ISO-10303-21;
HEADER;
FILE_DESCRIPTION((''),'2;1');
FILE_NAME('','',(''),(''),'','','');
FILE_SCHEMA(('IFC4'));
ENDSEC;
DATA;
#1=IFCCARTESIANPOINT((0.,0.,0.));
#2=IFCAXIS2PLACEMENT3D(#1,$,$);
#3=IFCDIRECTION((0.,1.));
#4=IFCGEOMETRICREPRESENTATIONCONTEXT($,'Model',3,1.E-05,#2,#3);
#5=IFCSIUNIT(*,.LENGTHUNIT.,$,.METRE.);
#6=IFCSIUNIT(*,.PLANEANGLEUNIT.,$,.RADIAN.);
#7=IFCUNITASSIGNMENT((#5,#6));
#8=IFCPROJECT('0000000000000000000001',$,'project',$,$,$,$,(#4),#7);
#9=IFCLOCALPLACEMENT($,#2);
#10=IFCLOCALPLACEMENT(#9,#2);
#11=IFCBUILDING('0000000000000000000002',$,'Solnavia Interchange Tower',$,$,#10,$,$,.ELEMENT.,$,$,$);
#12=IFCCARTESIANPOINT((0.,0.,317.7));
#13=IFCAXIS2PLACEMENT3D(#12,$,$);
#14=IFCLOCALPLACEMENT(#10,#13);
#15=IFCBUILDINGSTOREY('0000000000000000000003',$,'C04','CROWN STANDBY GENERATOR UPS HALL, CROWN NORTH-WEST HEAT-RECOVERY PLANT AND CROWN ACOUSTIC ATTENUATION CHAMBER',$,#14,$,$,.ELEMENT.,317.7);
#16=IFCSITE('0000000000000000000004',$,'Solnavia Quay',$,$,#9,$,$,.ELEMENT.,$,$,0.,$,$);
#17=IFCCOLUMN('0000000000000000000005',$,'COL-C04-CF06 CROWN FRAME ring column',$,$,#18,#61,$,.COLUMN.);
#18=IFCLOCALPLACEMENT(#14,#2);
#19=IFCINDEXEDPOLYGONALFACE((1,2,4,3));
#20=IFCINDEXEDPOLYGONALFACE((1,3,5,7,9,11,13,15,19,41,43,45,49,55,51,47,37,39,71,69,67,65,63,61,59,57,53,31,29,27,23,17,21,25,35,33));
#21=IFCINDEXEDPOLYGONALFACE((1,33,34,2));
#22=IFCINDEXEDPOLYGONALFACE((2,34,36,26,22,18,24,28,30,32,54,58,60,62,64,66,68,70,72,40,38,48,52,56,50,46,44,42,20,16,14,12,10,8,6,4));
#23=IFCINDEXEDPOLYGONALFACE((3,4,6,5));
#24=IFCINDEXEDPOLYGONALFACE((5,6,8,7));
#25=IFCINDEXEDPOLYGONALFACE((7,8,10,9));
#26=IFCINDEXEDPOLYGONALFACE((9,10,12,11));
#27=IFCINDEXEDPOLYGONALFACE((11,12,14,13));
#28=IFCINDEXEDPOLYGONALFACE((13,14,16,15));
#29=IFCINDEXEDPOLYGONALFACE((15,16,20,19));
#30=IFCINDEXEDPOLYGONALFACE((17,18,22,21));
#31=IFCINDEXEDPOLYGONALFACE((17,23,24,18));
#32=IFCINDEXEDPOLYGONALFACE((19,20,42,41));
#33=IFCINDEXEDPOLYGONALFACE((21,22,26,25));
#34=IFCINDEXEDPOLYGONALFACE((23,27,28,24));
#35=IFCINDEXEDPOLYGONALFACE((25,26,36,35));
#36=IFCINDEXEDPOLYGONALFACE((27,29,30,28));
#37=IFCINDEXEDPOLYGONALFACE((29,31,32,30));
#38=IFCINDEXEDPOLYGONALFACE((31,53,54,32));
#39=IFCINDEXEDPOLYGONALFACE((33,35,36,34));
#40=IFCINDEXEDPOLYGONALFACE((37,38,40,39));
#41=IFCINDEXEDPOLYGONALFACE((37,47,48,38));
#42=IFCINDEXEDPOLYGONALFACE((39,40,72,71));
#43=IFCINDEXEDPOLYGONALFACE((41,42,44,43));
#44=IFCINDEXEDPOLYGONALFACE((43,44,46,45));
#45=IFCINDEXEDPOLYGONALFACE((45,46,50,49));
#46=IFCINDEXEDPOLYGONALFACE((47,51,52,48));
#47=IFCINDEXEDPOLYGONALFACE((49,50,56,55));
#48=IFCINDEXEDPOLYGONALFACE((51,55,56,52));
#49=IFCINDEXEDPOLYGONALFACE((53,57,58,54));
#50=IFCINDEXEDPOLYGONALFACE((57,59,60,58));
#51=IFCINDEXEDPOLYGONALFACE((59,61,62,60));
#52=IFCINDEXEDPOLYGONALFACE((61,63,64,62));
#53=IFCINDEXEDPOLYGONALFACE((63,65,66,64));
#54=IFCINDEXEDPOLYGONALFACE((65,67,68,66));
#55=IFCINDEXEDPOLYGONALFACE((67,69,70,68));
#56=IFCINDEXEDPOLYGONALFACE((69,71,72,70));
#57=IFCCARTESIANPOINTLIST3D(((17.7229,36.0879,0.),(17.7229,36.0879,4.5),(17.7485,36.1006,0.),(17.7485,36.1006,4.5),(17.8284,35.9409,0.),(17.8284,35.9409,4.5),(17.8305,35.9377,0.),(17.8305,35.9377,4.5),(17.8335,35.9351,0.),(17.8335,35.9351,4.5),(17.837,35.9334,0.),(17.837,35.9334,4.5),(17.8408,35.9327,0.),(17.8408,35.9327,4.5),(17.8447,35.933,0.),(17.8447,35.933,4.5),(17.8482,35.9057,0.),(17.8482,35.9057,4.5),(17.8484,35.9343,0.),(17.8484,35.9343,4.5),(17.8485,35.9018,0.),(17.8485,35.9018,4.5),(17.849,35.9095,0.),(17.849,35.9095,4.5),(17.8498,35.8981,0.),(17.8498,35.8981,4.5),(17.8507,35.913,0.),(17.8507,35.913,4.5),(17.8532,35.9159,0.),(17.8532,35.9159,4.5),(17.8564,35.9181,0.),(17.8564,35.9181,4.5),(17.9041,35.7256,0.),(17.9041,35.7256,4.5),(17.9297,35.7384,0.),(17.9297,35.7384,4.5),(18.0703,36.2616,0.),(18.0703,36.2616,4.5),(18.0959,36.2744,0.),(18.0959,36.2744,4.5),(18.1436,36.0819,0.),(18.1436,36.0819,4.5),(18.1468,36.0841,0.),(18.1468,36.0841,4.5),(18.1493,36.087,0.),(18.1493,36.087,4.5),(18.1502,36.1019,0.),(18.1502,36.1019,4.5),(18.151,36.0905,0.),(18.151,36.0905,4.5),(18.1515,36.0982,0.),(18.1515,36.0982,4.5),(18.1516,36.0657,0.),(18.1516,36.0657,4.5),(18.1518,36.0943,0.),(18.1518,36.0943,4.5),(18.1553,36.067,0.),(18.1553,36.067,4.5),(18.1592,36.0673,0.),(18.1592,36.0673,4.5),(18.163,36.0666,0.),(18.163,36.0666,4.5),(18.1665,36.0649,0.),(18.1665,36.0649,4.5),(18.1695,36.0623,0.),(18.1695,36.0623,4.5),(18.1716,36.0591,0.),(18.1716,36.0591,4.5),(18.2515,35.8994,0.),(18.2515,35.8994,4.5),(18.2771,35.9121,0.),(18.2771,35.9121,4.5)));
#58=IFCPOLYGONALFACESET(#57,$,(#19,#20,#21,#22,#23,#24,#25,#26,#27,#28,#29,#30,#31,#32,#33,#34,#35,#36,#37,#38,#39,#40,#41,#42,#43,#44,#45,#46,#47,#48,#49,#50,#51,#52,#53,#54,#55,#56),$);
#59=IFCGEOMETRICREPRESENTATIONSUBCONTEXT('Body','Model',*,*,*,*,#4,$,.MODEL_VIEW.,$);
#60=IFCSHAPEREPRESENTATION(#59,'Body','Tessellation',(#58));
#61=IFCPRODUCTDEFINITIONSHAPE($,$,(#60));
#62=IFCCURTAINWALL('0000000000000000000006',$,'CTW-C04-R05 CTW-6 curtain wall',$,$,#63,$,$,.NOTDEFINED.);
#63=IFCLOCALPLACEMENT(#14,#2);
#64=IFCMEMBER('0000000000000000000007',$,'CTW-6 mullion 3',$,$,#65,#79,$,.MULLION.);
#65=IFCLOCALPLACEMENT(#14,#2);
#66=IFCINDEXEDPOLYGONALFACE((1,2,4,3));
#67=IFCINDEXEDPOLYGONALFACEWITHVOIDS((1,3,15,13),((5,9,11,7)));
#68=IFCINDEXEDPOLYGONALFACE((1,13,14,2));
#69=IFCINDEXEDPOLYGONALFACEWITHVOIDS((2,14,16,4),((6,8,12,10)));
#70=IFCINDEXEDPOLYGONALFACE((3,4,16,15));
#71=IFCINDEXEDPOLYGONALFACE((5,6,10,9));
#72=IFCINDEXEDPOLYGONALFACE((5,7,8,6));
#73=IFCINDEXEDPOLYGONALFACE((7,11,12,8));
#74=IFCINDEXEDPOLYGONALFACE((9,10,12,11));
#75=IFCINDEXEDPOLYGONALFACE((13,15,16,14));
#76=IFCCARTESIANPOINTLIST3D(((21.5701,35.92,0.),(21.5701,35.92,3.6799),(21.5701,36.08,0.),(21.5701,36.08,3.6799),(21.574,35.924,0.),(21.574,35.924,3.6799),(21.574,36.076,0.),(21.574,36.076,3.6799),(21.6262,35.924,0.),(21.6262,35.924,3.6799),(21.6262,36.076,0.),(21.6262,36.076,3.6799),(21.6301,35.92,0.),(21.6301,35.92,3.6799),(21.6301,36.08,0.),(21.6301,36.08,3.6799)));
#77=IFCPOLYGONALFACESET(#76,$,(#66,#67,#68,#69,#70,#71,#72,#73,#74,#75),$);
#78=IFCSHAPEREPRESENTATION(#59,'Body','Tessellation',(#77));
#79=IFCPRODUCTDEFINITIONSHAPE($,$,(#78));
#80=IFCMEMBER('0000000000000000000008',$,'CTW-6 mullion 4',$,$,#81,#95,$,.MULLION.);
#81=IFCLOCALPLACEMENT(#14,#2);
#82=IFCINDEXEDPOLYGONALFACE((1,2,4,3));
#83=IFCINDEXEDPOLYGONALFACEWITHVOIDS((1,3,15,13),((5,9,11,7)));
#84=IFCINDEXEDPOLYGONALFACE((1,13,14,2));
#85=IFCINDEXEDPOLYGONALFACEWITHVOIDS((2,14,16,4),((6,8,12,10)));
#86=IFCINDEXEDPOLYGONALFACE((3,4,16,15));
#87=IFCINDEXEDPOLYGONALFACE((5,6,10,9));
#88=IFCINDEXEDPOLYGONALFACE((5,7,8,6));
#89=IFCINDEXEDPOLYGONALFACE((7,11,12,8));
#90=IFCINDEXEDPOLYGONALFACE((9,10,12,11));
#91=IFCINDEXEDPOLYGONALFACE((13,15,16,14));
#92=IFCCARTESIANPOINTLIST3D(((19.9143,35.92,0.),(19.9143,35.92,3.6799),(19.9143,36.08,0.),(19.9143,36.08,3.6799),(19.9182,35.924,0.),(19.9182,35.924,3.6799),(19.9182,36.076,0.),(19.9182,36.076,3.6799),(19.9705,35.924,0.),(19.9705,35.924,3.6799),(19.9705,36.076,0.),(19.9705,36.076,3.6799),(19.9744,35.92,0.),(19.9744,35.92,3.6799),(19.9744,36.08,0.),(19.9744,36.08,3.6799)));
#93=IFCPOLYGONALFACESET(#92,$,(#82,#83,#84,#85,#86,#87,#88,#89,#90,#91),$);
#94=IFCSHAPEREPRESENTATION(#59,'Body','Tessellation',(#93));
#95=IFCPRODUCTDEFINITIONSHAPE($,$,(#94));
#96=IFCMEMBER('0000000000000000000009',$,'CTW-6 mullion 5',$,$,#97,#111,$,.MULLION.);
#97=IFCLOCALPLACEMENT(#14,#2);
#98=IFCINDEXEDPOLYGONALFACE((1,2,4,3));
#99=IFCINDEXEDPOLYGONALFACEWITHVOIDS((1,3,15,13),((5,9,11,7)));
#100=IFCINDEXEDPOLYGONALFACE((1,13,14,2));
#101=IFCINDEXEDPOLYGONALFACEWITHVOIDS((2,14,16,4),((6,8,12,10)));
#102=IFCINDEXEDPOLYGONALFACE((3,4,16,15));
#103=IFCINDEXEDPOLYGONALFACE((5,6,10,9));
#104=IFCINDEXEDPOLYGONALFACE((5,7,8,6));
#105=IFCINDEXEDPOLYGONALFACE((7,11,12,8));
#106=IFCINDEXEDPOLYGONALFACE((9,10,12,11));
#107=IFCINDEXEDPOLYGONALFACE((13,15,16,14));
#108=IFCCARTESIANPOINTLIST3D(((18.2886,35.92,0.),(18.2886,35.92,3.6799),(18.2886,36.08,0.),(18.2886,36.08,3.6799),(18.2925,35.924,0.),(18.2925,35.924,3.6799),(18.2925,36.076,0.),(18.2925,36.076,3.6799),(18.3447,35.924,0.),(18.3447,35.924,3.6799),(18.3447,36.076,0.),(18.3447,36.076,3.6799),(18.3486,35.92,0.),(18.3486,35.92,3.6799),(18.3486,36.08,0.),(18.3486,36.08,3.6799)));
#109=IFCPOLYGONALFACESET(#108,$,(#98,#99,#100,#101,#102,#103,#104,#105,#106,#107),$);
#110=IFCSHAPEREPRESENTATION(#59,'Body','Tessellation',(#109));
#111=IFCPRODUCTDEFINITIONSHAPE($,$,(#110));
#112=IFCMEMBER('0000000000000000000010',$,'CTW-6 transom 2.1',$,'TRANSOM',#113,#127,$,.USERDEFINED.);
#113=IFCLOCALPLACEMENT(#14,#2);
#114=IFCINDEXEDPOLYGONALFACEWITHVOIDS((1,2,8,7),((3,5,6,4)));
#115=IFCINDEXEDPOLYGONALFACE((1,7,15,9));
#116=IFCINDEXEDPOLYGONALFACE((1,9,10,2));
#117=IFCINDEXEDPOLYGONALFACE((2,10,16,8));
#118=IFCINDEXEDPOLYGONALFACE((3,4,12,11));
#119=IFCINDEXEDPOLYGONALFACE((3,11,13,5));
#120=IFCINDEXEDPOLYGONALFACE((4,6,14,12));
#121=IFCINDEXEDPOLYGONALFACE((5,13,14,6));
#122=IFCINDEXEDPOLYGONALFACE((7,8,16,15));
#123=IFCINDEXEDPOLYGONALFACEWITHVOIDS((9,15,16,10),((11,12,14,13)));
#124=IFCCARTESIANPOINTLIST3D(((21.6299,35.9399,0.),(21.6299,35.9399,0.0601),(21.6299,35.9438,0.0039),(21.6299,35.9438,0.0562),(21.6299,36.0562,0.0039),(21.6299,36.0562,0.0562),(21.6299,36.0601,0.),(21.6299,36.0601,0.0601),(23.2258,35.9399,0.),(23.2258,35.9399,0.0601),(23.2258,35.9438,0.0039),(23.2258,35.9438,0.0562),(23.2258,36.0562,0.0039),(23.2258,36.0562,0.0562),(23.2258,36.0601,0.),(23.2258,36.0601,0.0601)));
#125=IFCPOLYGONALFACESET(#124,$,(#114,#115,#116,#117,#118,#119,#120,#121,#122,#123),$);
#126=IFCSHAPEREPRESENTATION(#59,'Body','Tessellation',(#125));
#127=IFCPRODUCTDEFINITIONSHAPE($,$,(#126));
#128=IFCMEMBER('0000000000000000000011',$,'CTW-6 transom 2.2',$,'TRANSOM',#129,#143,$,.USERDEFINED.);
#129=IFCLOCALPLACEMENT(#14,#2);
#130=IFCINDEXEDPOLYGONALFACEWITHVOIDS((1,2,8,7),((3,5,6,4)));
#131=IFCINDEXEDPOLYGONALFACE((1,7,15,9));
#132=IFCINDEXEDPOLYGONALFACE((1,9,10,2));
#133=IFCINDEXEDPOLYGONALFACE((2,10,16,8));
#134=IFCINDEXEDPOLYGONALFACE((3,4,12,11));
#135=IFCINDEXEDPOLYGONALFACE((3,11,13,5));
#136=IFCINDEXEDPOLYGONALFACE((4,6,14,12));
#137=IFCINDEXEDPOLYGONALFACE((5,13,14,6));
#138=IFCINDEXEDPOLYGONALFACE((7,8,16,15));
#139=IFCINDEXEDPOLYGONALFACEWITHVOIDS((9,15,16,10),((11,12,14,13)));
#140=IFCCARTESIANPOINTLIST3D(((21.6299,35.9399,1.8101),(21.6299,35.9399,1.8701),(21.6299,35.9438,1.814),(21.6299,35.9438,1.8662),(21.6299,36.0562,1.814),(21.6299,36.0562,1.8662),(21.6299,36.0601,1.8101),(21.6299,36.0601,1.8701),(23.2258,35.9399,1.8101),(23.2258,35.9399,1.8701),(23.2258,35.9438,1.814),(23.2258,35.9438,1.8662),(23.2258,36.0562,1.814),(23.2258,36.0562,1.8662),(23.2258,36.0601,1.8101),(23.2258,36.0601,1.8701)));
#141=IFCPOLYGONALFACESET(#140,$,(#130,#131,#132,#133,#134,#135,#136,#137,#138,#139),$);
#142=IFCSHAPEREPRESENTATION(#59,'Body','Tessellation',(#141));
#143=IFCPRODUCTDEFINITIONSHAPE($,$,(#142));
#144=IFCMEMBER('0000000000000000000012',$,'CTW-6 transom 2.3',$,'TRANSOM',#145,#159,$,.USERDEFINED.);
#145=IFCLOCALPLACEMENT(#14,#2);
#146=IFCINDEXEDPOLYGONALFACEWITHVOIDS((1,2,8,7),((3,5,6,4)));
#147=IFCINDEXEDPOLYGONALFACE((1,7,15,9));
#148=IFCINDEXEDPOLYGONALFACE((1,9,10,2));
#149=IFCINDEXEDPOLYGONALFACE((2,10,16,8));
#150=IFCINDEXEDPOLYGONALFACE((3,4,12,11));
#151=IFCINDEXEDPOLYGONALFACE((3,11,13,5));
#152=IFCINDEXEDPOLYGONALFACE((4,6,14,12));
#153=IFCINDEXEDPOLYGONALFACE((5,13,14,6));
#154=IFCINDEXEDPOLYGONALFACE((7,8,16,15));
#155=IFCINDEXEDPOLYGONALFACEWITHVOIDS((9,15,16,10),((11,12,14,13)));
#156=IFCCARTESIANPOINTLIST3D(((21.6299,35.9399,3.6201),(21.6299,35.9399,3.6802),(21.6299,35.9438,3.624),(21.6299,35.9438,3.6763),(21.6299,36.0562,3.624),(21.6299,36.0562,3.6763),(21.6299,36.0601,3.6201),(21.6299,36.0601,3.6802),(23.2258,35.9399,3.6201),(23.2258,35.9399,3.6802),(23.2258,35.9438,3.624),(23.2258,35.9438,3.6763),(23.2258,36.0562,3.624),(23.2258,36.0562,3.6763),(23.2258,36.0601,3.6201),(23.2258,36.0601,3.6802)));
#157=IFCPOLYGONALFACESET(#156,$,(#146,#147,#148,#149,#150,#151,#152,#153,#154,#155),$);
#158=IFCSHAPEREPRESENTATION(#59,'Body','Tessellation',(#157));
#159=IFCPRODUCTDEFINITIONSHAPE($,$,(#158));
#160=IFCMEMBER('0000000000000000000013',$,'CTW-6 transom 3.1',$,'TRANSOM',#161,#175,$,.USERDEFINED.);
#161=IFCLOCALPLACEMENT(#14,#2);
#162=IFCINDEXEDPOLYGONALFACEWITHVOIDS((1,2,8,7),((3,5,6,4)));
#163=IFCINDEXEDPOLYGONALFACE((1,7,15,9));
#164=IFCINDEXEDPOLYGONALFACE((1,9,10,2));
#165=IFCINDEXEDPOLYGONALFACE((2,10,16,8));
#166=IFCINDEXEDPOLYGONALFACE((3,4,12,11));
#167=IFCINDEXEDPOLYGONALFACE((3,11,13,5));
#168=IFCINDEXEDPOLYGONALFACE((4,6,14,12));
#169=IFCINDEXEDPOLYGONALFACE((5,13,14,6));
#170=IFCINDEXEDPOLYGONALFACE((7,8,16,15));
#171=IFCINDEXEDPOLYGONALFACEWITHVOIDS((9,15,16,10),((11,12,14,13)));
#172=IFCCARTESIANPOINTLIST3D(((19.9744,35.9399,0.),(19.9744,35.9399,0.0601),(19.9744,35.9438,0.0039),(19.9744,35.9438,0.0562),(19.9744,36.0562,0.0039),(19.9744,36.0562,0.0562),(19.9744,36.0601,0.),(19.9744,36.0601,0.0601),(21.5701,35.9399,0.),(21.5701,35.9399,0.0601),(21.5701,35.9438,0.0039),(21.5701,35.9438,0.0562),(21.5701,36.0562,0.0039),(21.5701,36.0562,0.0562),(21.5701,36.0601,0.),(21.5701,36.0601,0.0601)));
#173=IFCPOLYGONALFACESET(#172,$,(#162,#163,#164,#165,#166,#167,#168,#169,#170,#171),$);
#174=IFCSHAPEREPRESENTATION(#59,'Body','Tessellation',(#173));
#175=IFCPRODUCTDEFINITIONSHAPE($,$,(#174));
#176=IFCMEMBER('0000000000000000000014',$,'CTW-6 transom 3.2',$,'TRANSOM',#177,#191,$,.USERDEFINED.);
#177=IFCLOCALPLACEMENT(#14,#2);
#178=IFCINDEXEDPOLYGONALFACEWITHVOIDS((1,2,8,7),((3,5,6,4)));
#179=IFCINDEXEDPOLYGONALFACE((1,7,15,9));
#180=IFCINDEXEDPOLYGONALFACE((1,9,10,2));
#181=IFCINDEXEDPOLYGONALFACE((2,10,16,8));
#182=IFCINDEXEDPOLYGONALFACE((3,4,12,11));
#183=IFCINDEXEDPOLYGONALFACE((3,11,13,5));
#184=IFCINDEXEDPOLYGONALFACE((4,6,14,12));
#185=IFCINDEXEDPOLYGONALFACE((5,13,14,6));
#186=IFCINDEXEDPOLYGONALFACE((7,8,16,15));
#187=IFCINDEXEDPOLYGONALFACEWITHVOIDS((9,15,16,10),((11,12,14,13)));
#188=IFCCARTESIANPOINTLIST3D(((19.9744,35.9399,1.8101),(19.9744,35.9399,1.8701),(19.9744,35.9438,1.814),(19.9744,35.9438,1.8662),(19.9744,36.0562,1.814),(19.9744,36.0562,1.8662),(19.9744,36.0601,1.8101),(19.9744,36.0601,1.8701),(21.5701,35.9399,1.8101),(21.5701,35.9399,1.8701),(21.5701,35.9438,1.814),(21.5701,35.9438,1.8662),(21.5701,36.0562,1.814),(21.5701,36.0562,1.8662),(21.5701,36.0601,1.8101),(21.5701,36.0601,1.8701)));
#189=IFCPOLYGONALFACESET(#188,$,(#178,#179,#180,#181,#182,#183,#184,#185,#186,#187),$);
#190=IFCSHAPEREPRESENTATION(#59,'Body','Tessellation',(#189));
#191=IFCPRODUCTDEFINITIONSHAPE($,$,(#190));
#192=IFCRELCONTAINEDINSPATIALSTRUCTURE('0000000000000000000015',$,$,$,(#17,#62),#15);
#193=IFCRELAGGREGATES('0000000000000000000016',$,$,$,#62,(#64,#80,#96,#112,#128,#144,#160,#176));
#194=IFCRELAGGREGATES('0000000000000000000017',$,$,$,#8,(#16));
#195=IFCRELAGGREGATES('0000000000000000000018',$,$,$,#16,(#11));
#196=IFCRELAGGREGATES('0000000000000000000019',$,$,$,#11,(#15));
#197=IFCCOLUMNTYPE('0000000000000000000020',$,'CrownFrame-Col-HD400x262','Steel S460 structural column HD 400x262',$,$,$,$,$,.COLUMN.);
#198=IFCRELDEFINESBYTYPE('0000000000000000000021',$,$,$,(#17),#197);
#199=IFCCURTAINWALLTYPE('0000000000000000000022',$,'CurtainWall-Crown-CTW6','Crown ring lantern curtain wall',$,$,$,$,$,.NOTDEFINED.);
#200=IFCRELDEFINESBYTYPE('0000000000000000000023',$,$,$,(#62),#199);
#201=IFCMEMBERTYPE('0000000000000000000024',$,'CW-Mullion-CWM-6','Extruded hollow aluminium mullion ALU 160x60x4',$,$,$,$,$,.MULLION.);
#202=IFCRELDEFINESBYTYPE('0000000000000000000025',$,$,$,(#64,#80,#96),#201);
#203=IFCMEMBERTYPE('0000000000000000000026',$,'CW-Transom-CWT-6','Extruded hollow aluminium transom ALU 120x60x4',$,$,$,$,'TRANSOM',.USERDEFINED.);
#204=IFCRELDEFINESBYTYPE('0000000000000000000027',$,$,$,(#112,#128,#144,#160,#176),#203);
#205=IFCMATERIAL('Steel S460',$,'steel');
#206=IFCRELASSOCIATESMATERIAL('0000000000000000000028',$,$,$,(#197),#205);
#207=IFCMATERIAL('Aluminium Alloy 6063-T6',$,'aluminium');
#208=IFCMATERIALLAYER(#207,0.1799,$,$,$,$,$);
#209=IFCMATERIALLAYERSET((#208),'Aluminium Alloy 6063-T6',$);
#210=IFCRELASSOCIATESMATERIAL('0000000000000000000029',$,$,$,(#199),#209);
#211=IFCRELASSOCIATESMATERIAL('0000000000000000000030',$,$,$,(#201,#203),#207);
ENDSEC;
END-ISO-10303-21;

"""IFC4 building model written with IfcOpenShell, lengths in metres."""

from ifc_helpers import new_model, si_unit, direction, frame, origin, origin_2d, place, context, subcontext, project, spatial, hollow_rectangle, i_section, extrude, material, layer, layer_set, material_profile, profile_set, type_object, element, aggregate, save


model = new_model("IFC4")

# Units and contexts
model_context = context("Model", 3, precision=1e-05, world=origin(), true_north=direction((0.0, 1.0)))
body_context = subcontext(model_context, "Body", "Model", "MODEL_VIEW")
ifc_project = project(units=[si_unit("LENGTHUNIT", "METRE"), si_unit("PLANEANGLEUNIT", "RADIAN")], contexts=[model_context])

# Site, building, storey
site_placement = place(None, origin())
site = spatial("IfcSite", under=ifc_project, at=site_placement, Name="Solnavia Quay", CompositionType="ELEMENT", RefElevation=0.0)
building_placement = place(site_placement, origin())
building = spatial("IfcBuilding", under=site, at=building_placement, Name="Solnavia Interchange Tower", CompositionType="ELEMENT")
storey_placement = place(building_placement, frame((0.0, 0.0, 317.7)))
storey = spatial("IfcBuildingStorey", under=building, at=storey_placement, Name="C04", Description="CROWN STANDBY GENERATOR UPS HALL, CROWN NORTH-WEST HEAT-RECOVERY PLANT AND CROWN ACOUSTIC ATTENUATION CHAMBER", CompositionType="ELEMENT", Elevation=317.7)

# Column
ifc_material_1 = material(Name="Steel S460", Category="steel")
ifc_material_profile_1 = material_profile(ifc_material_1, i_section(OverallWidth=0.405, OverallDepth=0.417, WebThickness=0.0181, FlangeThickness=0.0286, FilletRadius=0.0149, at=origin_2d()), Name="HD 400x262")
ifc_profile_set_1 = profile_set([ifc_material_profile_1], Name="Steel S460")
column_type = type_object("IfcColumnType", Name="CrownFrame-Col-HD400x262", Description="Steel S460 structural column HD 400x262", PredefinedType="COLUMN", material=ifc_profile_set_1)
column_placement = place(storey_placement, frame((18.0, 36.0, 0.0), z_axis=(0.0, 0.0, 1.0), x_axis=(-0.447291, 0.894389, 0.0)))
element("IfcColumn", 1, at=column_placement, inside=storey, type_object=column_type, Name="COL-C04-CF06 CROWN FRAME ring column", PredefinedType="COLUMN", context=body_context, shape_type="SweptSolid", body=[
    extrude(i_section(OverallWidth=0.405, OverallDepth=0.417, WebThickness=0.0181, FlangeThickness=0.0286, FilletRadius=0.0149, at=origin_2d()), origin(), (0.0, 0.0, 1.0), 4.5),
])

# Curtain wall, members
ifc_material_2 = material(Name="Aluminium Alloy 6063-T6", Category="aluminium")
ifc_layer_1 = layer(ifc_material_2, 0.1799)
ifc_layer_set_1 = layer_set([ifc_layer_1], Name="Aluminium Alloy 6063-T6")
curtain_wall_type = type_object("IfcCurtainWallType", Name="CurtainWall-Crown-CTW6", Description="Crown ring lantern curtain wall", PredefinedType="NOTDEFINED", material=ifc_layer_set_1)
curtain_wall_placement = place(storey_placement, origin())
curtain_wall = element("IfcCurtainWall", 2, at=curtain_wall_placement, inside=storey, type_object=curtain_wall_type, Name="CTW-C04-R05 CTW-6 curtain wall", PredefinedType="NOTDEFINED")
ifc_material_profile_2 = material_profile(ifc_material_2, hollow_rectangle(XDim=0.0601, YDim=0.1599, WallThickness=0.0039, at=origin_2d()), Name="ALU 160x60x4")
ifc_profile_set_2 = profile_set([ifc_material_profile_2], Name="Aluminium Alloy 6063-T6")
member_type_1 = type_object("IfcMemberType", Name="CW-Mullion-CWM-6", Description="Extruded hollow aluminium mullion ALU 160x60x4", PredefinedType="MULLION", material=ifc_profile_set_2)
member_1_placement = place(storey_placement, frame((21.6001, 36.0, 0.0), z_axis=(0.0, 0.0, 1.0), x_axis=(-1.0, 0.0, 0.0)))
member_1 = element("IfcMember", 3, at=member_1_placement, type_object=member_type_1, Name="CTW-6 mullion 3", PredefinedType="MULLION", context=body_context, shape_type="SweptSolid", body=[
    extrude(hollow_rectangle(XDim=0.0601, YDim=0.1599, WallThickness=0.0039, at=origin_2d()), origin(), (0.0, 0.0, 1.0), 3.6799),
])
member_2_placement = place(storey_placement, frame((19.9443, 36.0, 0.0), z_axis=(0.0, 0.0, 1.0), x_axis=(-1.0, 0.0, 0.0)))
member_2 = element("IfcMember", 4, at=member_2_placement, type_object=member_type_1, Name="CTW-6 mullion 4", PredefinedType="MULLION", context=body_context, shape_type="SweptSolid", body=[
    extrude(hollow_rectangle(XDim=0.0601, YDim=0.1599, WallThickness=0.0039, at=origin_2d()), origin(), (0.0, 0.0, 1.0), 3.6799),
])
member_3_placement = place(storey_placement, frame((18.3186, 36.0, 0.0), z_axis=(0.0, 0.0, 1.0), x_axis=(-1.0, 0.0, 0.0)))
member_3 = element("IfcMember", 5, at=member_3_placement, type_object=member_type_1, Name="CTW-6 mullion 5", PredefinedType="MULLION", context=body_context, shape_type="SweptSolid", body=[
    extrude(hollow_rectangle(XDim=0.0601, YDim=0.1599, WallThickness=0.0039, at=origin_2d()), origin(), (0.0, 0.0, 1.0), 3.6799),
])
ifc_material_profile_3 = material_profile(ifc_material_2, hollow_rectangle(XDim=0.0601, YDim=0.1201, WallThickness=0.0039, at=origin_2d()), Name="ALU 120x60x4")
ifc_profile_set_3 = profile_set([ifc_material_profile_3], Name="Aluminium Alloy 6063-T6")
member_type_2 = type_object("IfcMemberType", Name="CW-Transom-CWT-6", Description="Extruded hollow aluminium transom ALU 120x60x4", ElementType="TRANSOM", PredefinedType="USERDEFINED", material=ifc_profile_set_3)
member_4_placement = place(storey_placement, frame((23.2258, 36.0, 0.03), z_axis=(-1.0, 0.0, 0.0), x_axis=(0.0, 0.0, 1.0)))
member_4 = element("IfcMember", 6, at=member_4_placement, type_object=member_type_2, Name="CTW-6 transom 2.1", ObjectType="TRANSOM", PredefinedType="USERDEFINED", context=body_context, shape_type="SweptSolid", body=[
    extrude(hollow_rectangle(XDim=0.0601, YDim=0.1201, WallThickness=0.0039, at=origin_2d()), origin(), (0.0, 0.0, 1.0), 1.5959),
])
member_5_placement = place(storey_placement, frame((23.2258, 36.0, 1.8401), z_axis=(-1.0, 0.0, 0.0), x_axis=(0.0, 0.0, 1.0)))
member_5 = element("IfcMember", 7, at=member_5_placement, type_object=member_type_2, Name="CTW-6 transom 2.2", ObjectType="TRANSOM", PredefinedType="USERDEFINED", context=body_context, shape_type="SweptSolid", body=[
    extrude(hollow_rectangle(XDim=0.0601, YDim=0.1201, WallThickness=0.0039, at=origin_2d()), origin(), (0.0, 0.0, 1.0), 1.5959),
])
member_6_placement = place(storey_placement, frame((23.2258, 36.0, 3.6501), z_axis=(-1.0, 0.0, 0.0), x_axis=(0.0, 0.0, 1.0)))
member_6 = element("IfcMember", 8, at=member_6_placement, type_object=member_type_2, Name="CTW-6 transom 2.3", ObjectType="TRANSOM", PredefinedType="USERDEFINED", context=body_context, shape_type="SweptSolid", body=[
    extrude(hollow_rectangle(XDim=0.0601, YDim=0.1201, WallThickness=0.0039, at=origin_2d()), origin(), (0.0, 0.0, 1.0), 1.5959),
])
member_7_placement = place(storey_placement, frame((21.5701, 36.0, 0.03), z_axis=(-1.0, 0.0, 0.0), x_axis=(0.0, 0.0, 1.0)))
member_7 = element("IfcMember", 9, at=member_7_placement, type_object=member_type_2, Name="CTW-6 transom 3.1", ObjectType="TRANSOM", PredefinedType="USERDEFINED", context=body_context, shape_type="SweptSolid", body=[
    extrude(hollow_rectangle(XDim=0.0601, YDim=0.1201, WallThickness=0.0039, at=origin_2d()), origin(), (0.0, 0.0, 1.0), 1.5957),
])
member_8_placement = place(storey_placement, frame((21.5701, 36.0, 1.8401), z_axis=(-1.0, 0.0, 0.0), x_axis=(0.0, 0.0, 1.0)))
member_8 = element("IfcMember", 10, at=member_8_placement, type_object=member_type_2, Name="CTW-6 transom 3.2", ObjectType="TRANSOM", PredefinedType="USERDEFINED", context=body_context, shape_type="SweptSolid", body=[
    extrude(hollow_rectangle(XDim=0.0601, YDim=0.1201, WallThickness=0.0039, at=origin_2d()), origin(), (0.0, 0.0, 1.0), 1.5957),
])

aggregate(curtain_wall, [member_1, member_2, member_3, member_4, member_5, member_6, member_7, member_8])

save(model, "model.ifc")
